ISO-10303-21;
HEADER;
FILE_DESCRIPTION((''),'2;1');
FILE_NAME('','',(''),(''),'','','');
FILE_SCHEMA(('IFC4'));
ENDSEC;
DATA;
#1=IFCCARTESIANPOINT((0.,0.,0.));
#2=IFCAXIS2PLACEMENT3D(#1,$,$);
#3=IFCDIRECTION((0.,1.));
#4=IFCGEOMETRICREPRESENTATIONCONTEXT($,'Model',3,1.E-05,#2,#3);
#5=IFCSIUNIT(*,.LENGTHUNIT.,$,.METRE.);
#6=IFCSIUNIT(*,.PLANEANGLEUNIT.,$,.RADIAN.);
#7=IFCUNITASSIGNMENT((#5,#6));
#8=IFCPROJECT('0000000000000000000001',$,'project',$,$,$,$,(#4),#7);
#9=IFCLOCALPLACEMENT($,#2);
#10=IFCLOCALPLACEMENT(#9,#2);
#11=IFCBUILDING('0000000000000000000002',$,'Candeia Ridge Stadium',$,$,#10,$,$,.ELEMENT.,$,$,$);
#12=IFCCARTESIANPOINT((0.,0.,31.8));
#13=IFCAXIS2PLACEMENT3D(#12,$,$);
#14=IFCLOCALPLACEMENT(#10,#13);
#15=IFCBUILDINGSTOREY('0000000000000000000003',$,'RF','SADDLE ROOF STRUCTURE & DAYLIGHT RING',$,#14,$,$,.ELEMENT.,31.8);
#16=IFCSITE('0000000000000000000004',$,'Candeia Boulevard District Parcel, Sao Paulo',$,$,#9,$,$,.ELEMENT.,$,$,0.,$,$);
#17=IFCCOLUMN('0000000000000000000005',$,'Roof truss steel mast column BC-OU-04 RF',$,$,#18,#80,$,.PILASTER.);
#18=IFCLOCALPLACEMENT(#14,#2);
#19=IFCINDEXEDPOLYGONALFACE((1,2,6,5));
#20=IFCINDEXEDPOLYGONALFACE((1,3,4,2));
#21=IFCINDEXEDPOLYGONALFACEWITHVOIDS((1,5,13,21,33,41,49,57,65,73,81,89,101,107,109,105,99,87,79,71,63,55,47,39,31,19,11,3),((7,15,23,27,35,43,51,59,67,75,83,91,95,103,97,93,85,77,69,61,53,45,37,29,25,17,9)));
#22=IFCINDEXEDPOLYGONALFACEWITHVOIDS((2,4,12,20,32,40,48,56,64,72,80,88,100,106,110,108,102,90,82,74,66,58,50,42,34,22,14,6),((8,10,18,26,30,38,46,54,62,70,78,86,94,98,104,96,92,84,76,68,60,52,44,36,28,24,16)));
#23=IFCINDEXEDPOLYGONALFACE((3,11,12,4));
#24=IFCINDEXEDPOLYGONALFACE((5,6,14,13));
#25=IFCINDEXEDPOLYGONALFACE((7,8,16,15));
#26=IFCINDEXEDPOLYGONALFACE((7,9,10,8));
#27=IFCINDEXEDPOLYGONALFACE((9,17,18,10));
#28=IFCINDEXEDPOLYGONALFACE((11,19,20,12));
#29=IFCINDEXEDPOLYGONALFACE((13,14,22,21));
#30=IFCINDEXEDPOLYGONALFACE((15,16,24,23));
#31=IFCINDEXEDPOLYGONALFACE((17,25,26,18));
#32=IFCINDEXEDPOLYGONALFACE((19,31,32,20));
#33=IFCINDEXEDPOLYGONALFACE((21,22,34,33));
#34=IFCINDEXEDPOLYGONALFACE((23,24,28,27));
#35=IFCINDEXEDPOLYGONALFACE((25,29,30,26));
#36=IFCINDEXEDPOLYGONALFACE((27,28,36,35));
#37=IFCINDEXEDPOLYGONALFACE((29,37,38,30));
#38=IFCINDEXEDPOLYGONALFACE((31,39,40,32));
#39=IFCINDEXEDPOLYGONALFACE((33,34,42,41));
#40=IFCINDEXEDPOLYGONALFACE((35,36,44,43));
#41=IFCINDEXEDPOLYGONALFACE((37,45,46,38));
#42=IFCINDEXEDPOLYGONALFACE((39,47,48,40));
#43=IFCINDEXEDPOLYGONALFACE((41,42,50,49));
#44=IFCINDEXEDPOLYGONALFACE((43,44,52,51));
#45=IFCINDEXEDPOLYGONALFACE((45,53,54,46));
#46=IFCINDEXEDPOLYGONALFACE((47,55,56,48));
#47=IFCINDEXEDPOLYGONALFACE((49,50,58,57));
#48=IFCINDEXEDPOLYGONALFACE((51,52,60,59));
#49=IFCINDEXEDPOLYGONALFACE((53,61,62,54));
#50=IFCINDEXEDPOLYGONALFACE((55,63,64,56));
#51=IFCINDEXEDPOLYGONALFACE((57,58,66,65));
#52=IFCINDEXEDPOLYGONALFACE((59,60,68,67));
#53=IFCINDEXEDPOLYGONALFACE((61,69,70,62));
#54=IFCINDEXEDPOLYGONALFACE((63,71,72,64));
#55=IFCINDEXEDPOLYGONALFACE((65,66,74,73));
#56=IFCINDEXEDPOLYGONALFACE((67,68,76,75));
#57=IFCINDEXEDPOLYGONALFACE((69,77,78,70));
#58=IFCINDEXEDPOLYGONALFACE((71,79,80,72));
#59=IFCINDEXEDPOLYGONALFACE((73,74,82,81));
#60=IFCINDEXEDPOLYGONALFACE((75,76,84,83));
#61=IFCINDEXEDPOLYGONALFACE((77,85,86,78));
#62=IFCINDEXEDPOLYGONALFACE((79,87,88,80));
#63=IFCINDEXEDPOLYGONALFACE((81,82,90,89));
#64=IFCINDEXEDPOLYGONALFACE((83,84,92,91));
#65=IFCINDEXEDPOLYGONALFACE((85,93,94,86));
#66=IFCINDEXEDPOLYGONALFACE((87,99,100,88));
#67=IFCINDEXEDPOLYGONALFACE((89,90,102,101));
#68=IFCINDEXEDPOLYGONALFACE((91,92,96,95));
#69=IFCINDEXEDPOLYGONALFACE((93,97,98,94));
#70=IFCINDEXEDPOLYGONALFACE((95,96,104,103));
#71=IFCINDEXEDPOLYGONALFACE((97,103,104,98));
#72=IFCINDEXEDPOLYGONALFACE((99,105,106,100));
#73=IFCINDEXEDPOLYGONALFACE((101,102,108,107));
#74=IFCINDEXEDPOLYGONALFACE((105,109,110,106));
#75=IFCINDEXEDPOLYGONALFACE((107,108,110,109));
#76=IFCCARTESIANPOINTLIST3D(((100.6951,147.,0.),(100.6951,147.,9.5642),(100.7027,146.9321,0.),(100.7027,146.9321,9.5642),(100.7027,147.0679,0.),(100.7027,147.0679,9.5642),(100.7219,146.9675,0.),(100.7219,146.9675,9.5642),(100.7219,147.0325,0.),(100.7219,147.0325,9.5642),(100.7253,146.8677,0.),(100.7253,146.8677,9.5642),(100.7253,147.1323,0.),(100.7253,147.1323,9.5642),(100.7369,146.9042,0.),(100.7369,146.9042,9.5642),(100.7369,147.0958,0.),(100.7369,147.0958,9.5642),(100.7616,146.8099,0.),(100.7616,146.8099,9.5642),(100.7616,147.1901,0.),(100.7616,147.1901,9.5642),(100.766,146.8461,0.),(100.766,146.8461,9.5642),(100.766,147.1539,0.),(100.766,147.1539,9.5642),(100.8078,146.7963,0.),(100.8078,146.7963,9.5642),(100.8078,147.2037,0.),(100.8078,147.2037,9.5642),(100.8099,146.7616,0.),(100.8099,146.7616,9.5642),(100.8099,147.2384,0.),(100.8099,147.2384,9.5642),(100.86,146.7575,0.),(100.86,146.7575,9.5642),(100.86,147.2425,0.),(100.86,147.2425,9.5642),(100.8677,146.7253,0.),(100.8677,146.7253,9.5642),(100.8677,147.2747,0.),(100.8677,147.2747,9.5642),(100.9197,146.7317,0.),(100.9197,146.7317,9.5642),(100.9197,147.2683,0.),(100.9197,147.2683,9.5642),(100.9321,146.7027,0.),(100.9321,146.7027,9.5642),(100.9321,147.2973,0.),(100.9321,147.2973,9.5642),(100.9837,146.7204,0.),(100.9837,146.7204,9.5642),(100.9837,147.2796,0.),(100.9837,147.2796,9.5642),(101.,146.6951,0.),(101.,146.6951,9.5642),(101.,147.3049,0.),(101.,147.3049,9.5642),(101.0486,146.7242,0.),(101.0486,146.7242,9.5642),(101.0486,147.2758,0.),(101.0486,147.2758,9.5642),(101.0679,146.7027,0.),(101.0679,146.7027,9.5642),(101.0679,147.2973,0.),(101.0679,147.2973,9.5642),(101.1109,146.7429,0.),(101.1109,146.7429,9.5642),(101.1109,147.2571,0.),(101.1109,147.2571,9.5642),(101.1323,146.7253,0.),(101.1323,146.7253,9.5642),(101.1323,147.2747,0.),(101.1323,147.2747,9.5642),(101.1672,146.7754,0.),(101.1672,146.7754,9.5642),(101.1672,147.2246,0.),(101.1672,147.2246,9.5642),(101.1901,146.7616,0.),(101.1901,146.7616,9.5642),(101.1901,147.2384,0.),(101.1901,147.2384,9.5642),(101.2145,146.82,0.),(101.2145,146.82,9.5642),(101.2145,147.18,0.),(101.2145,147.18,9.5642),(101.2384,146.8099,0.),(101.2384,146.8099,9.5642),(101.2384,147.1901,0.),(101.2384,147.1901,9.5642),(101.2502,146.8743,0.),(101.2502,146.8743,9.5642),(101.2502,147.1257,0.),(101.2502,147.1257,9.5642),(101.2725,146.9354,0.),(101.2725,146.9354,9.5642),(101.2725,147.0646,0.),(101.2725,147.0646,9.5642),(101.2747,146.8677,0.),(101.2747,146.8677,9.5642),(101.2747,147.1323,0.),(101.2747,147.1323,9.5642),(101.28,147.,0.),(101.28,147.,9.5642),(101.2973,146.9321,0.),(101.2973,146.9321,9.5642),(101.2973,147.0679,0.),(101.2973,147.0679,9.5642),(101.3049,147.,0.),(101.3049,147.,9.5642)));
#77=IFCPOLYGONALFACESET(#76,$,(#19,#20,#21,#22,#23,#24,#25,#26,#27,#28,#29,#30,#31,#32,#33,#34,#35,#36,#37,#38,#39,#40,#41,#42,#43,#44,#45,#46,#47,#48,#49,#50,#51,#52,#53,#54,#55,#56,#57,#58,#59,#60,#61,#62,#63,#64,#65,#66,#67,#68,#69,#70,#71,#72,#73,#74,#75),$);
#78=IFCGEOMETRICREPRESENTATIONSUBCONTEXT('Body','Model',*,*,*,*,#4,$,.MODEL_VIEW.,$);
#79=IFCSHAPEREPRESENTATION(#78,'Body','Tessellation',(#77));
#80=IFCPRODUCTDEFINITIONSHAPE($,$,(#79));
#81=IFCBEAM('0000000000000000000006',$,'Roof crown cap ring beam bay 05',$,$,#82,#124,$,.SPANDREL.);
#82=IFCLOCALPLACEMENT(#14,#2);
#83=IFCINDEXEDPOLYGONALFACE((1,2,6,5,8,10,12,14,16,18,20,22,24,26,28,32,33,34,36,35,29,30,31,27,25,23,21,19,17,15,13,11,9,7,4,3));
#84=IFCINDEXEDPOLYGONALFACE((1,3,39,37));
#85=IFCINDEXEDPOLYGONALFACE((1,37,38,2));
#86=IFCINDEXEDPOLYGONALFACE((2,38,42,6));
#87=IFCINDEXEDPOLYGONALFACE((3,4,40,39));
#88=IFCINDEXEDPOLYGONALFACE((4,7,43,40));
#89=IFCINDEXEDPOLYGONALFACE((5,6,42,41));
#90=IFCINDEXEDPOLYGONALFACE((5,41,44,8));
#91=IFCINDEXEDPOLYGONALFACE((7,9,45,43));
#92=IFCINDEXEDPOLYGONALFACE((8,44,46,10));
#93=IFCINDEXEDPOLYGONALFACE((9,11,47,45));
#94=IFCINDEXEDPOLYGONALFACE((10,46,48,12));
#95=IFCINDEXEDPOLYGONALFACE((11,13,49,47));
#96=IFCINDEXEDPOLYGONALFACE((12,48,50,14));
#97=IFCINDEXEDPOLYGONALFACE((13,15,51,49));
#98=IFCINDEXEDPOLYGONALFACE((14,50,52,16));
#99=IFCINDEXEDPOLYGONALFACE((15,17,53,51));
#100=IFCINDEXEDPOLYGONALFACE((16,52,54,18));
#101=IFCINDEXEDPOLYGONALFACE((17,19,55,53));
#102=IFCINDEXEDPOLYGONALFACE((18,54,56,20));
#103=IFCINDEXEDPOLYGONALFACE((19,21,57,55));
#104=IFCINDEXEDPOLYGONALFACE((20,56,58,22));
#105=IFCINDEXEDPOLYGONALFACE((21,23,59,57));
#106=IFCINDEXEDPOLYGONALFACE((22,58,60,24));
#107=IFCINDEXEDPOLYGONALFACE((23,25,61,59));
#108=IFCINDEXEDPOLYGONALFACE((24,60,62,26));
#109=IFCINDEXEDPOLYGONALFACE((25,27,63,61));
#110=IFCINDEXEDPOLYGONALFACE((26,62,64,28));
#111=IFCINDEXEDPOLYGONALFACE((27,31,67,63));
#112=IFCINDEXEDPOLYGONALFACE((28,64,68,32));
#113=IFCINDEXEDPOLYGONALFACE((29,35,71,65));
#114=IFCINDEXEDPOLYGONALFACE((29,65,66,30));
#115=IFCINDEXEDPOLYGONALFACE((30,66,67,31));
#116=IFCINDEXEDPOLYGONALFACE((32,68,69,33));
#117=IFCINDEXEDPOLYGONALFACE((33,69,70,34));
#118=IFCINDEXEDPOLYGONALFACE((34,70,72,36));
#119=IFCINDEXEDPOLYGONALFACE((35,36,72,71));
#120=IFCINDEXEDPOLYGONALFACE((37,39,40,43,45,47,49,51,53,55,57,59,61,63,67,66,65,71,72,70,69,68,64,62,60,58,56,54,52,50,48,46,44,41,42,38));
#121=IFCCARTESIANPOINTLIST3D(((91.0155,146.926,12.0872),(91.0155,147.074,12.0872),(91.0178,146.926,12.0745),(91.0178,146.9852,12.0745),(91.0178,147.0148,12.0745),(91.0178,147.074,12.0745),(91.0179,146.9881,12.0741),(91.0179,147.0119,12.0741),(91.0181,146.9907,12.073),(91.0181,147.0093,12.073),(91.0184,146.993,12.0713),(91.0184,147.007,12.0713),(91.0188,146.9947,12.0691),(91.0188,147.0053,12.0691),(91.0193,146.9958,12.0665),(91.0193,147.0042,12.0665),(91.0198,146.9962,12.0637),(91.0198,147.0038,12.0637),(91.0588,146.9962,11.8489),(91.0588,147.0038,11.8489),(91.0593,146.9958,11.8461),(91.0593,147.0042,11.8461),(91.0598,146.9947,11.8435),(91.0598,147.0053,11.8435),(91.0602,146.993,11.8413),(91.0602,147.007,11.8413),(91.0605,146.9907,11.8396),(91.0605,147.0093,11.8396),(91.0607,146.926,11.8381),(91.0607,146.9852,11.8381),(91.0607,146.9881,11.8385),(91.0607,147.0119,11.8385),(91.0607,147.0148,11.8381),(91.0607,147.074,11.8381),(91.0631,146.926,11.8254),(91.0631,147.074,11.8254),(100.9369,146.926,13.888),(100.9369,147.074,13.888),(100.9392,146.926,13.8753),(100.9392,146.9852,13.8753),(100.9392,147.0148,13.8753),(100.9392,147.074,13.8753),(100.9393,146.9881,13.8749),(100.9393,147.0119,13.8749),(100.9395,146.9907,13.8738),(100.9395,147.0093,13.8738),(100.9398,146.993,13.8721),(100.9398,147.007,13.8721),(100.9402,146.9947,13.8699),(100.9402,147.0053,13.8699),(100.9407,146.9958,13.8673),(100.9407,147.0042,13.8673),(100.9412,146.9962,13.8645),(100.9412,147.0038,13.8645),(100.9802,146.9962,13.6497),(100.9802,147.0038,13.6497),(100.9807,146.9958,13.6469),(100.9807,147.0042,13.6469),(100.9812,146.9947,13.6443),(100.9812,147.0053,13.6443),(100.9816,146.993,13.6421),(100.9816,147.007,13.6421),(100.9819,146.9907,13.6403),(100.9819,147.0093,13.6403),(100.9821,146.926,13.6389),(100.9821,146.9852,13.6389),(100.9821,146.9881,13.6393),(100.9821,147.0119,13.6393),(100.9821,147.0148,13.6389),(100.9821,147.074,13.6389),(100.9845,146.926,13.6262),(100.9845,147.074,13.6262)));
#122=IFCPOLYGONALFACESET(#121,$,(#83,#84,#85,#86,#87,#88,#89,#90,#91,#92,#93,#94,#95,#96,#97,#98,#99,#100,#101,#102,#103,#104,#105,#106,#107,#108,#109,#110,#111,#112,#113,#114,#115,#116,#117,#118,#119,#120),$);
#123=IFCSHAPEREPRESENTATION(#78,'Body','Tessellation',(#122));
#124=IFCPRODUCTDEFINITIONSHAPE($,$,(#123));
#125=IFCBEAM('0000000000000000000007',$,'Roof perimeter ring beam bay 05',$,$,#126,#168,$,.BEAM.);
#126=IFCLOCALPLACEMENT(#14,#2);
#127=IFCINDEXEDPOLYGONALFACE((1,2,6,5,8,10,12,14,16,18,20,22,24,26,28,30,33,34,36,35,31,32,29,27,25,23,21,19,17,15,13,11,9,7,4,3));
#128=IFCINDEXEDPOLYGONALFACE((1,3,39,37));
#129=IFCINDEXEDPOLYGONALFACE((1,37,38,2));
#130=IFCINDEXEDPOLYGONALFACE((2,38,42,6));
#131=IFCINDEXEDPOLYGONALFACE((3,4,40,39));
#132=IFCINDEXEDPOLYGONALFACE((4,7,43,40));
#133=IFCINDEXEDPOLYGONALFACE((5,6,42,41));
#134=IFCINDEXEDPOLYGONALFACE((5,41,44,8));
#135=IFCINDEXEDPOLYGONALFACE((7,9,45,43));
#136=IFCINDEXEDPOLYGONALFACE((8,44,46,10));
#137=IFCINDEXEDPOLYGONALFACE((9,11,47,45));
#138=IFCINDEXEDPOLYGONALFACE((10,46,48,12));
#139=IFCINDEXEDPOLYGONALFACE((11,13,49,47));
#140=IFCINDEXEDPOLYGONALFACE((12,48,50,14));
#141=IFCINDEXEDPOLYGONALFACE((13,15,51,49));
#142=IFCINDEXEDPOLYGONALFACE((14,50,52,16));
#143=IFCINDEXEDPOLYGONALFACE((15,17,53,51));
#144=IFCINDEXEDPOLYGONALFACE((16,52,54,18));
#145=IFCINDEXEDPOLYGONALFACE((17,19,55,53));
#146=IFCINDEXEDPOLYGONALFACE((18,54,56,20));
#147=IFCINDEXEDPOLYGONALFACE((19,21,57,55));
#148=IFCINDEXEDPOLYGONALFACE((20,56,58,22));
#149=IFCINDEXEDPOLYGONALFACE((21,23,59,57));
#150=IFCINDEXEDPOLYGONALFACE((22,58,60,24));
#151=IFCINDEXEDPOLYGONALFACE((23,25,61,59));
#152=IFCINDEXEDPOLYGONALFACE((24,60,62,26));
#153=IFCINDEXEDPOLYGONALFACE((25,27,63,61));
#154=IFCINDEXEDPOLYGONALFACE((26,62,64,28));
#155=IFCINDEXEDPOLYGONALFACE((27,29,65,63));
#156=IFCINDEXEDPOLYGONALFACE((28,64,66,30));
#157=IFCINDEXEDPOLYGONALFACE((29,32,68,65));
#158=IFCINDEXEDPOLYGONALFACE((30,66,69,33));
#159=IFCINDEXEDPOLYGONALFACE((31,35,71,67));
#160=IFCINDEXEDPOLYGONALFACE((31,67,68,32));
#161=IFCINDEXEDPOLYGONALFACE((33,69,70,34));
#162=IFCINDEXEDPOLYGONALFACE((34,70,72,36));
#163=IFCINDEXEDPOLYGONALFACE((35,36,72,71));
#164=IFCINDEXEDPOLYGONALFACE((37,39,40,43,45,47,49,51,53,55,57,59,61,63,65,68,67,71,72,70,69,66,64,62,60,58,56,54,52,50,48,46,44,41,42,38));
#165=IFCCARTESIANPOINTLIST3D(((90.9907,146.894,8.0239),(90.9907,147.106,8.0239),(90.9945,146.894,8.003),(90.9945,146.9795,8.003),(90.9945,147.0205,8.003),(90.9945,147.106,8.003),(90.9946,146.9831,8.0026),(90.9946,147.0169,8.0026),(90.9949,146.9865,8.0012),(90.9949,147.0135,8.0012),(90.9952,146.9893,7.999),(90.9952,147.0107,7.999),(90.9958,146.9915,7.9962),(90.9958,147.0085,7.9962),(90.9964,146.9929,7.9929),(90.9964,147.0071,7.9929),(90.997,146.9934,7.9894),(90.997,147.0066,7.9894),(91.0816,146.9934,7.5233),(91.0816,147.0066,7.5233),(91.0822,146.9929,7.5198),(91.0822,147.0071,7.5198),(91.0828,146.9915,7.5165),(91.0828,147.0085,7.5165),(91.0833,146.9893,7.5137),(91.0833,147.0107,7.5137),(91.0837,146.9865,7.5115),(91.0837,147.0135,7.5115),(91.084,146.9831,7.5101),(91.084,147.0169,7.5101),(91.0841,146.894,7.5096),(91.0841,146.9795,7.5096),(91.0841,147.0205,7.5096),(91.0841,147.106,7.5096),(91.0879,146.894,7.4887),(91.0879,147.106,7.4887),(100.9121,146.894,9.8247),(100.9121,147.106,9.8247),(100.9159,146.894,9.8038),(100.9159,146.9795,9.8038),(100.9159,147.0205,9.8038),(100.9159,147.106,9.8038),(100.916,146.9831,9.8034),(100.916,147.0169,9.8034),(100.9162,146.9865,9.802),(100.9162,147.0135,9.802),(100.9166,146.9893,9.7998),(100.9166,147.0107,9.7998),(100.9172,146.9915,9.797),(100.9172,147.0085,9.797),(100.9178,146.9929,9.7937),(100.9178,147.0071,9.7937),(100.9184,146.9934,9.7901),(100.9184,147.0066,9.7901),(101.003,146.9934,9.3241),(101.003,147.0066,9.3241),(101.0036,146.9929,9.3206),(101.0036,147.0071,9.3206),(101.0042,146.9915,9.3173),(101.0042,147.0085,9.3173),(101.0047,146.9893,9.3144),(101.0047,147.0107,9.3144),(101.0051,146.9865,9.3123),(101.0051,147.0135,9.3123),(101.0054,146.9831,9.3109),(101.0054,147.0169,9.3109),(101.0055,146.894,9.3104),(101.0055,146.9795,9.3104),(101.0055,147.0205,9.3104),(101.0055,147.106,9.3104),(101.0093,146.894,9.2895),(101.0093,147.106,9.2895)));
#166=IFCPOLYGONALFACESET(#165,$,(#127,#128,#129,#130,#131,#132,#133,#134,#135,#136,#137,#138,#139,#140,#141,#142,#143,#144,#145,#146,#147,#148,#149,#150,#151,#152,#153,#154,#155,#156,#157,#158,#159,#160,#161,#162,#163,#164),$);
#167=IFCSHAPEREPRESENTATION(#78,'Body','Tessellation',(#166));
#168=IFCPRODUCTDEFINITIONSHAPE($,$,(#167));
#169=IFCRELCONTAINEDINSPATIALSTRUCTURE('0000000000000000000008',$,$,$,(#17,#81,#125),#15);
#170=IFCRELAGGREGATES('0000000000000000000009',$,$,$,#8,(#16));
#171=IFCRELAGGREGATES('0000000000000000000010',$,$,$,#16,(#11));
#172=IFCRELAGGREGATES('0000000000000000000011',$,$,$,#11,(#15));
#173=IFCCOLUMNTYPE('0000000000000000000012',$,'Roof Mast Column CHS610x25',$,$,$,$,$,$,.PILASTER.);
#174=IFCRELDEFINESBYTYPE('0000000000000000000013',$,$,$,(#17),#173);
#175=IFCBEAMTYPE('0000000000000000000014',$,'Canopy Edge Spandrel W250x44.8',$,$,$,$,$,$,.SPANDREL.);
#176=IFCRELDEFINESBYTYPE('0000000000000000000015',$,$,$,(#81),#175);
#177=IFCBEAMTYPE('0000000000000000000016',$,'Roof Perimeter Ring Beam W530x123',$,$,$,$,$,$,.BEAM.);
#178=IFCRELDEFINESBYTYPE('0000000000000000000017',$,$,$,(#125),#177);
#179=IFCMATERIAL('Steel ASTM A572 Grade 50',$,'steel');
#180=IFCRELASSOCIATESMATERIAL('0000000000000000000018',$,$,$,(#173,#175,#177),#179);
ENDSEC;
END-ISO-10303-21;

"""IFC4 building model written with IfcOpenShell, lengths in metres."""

from ifc_helpers import new_model, si_unit, direction, frame, origin, origin_2d, place, context, subcontext, project, spatial, hollow_circle, i_section, extrude, material, material_profile, profile_set, type_object, element, save


model = new_model("IFC4")

# Units and contexts
model_context = context("Model", 3, precision=1e-05, world=origin(), true_north=direction((0.0, 1.0)))
body_context = subcontext(model_context, "Body", "Model", "MODEL_VIEW")
ifc_project = project(units=[si_unit("LENGTHUNIT", "METRE"), si_unit("PLANEANGLEUNIT", "RADIAN")], contexts=[model_context])

# Site, building, storey
site_placement = place(None, origin())
site = spatial("IfcSite", under=ifc_project, at=site_placement, Name="Candeia Boulevard District Parcel, Sao Paulo", CompositionType="ELEMENT", RefElevation=0.0)
building_placement = place(site_placement, origin())
building = spatial("IfcBuilding", under=site, at=building_placement, Name="Candeia Ridge Stadium", CompositionType="ELEMENT")
storey_placement = place(building_placement, frame((0.0, 0.0, 31.8)))
storey = spatial("IfcBuildingStorey", under=building, at=storey_placement, Name="RF", Description="SADDLE ROOF STRUCTURE & DAYLIGHT RING", CompositionType="ELEMENT", Elevation=31.8)

# Column
ifc_material_1 = material(Name="Steel ASTM A572 Grade 50", Category="steel")
ifc_material_profile_1 = material_profile(ifc_material_1, hollow_circle(Radius=0.3049, WallThickness=0.0249, at=origin_2d()), Name="CHS610x25", Category="steel")
ifc_profile_set_1 = profile_set([ifc_material_profile_1], Name="Steel ASTM A572 Grade 50")
column_type = type_object("IfcColumnType", Name="Roof Mast Column CHS610x25", PredefinedType="PILASTER", material=ifc_profile_set_1)
column_placement = place(storey_placement, frame((101.0, 147.0, 0.0), z_axis=(0.0, 0.0, 1.0), x_axis=(1.0, 0.0, 0.0)))
element("IfcColumn", 1, at=column_placement, inside=storey, type_object=column_type, Name="Roof truss steel mast column BC-OU-04 RF", PredefinedType="PILASTER", context=body_context, shape_type="SweptSolid", body=[
    extrude(hollow_circle(Radius=0.3049, WallThickness=0.0249, at=origin_2d()), origin(), (0.0, 0.0, 1.0), 9.5642),
])

# Beams
ifc_material_profile_2 = material_profile(ifc_material_1, i_section(OverallWidth=0.1479, OverallDepth=0.2661, WebThickness=0.0076, FlangeThickness=0.0129, FilletRadius=0.011, at=origin_2d()), Name="W250x44.8", Category="steel")
ifc_profile_set_2 = profile_set([ifc_material_profile_2], Name="Steel ASTM A572 Grade 50")
beam_type_1 = type_object("IfcBeamType", Name="Canopy Edge Spandrel W250x44.8", PredefinedType="SPANDREL", material=ifc_profile_set_2)
beam_1_placement = place(storey_placement, frame((100.9607, 147.0, 13.7571), z_axis=(-0.983924, 0.0, -0.178587), x_axis=(0.0, -1.0, 0.0)))
element("IfcBeam", 2, at=beam_1_placement, inside=storey, type_object=beam_type_1, Name="Roof crown cap ring beam bay 05", PredefinedType="SPANDREL", context=body_context, shape_type="SweptSolid", body=[
    extrude(i_section(OverallWidth=0.1479, OverallDepth=0.2661, WebThickness=0.0076, FlangeThickness=0.0129, FilletRadius=0.011, at=origin_2d()), origin(), (0.0, 0.0, 1.0), 10.0835),
])
ifc_material_profile_3 = material_profile(ifc_material_1, i_section(OverallWidth=0.2119, OverallDepth=0.5439, WebThickness=0.0132, FlangeThickness=0.0212, FilletRadius=0.0139, at=origin_2d()), Name="W530x123", Category="steel")
ifc_profile_set_3 = profile_set([ifc_material_profile_3], Name="Steel ASTM A572 Grade 50")
beam_type_2 = type_object("IfcBeamType", Name="Roof Perimeter Ring Beam W530x123", PredefinedType="BEAM", material=ifc_profile_set_3)
beam_2_placement = place(storey_placement, frame((100.9607, 147.0, 9.5571), z_axis=(-0.983924, 0.0, -0.178587), x_axis=(0.0, -1.0, 0.0)))
element("IfcBeam", 3, at=beam_2_placement, inside=storey, type_object=beam_type_2, Name="Roof perimeter ring beam bay 05", PredefinedType="BEAM", context=body_context, shape_type="SweptSolid", body=[
    extrude(i_section(OverallWidth=0.2119, OverallDepth=0.5439, WebThickness=0.0132, FlangeThickness=0.0212, FilletRadius=0.0139, at=origin_2d()), origin(), (0.0, 0.0, 1.0), 10.0835),
])

save(model, "model.ifc")
